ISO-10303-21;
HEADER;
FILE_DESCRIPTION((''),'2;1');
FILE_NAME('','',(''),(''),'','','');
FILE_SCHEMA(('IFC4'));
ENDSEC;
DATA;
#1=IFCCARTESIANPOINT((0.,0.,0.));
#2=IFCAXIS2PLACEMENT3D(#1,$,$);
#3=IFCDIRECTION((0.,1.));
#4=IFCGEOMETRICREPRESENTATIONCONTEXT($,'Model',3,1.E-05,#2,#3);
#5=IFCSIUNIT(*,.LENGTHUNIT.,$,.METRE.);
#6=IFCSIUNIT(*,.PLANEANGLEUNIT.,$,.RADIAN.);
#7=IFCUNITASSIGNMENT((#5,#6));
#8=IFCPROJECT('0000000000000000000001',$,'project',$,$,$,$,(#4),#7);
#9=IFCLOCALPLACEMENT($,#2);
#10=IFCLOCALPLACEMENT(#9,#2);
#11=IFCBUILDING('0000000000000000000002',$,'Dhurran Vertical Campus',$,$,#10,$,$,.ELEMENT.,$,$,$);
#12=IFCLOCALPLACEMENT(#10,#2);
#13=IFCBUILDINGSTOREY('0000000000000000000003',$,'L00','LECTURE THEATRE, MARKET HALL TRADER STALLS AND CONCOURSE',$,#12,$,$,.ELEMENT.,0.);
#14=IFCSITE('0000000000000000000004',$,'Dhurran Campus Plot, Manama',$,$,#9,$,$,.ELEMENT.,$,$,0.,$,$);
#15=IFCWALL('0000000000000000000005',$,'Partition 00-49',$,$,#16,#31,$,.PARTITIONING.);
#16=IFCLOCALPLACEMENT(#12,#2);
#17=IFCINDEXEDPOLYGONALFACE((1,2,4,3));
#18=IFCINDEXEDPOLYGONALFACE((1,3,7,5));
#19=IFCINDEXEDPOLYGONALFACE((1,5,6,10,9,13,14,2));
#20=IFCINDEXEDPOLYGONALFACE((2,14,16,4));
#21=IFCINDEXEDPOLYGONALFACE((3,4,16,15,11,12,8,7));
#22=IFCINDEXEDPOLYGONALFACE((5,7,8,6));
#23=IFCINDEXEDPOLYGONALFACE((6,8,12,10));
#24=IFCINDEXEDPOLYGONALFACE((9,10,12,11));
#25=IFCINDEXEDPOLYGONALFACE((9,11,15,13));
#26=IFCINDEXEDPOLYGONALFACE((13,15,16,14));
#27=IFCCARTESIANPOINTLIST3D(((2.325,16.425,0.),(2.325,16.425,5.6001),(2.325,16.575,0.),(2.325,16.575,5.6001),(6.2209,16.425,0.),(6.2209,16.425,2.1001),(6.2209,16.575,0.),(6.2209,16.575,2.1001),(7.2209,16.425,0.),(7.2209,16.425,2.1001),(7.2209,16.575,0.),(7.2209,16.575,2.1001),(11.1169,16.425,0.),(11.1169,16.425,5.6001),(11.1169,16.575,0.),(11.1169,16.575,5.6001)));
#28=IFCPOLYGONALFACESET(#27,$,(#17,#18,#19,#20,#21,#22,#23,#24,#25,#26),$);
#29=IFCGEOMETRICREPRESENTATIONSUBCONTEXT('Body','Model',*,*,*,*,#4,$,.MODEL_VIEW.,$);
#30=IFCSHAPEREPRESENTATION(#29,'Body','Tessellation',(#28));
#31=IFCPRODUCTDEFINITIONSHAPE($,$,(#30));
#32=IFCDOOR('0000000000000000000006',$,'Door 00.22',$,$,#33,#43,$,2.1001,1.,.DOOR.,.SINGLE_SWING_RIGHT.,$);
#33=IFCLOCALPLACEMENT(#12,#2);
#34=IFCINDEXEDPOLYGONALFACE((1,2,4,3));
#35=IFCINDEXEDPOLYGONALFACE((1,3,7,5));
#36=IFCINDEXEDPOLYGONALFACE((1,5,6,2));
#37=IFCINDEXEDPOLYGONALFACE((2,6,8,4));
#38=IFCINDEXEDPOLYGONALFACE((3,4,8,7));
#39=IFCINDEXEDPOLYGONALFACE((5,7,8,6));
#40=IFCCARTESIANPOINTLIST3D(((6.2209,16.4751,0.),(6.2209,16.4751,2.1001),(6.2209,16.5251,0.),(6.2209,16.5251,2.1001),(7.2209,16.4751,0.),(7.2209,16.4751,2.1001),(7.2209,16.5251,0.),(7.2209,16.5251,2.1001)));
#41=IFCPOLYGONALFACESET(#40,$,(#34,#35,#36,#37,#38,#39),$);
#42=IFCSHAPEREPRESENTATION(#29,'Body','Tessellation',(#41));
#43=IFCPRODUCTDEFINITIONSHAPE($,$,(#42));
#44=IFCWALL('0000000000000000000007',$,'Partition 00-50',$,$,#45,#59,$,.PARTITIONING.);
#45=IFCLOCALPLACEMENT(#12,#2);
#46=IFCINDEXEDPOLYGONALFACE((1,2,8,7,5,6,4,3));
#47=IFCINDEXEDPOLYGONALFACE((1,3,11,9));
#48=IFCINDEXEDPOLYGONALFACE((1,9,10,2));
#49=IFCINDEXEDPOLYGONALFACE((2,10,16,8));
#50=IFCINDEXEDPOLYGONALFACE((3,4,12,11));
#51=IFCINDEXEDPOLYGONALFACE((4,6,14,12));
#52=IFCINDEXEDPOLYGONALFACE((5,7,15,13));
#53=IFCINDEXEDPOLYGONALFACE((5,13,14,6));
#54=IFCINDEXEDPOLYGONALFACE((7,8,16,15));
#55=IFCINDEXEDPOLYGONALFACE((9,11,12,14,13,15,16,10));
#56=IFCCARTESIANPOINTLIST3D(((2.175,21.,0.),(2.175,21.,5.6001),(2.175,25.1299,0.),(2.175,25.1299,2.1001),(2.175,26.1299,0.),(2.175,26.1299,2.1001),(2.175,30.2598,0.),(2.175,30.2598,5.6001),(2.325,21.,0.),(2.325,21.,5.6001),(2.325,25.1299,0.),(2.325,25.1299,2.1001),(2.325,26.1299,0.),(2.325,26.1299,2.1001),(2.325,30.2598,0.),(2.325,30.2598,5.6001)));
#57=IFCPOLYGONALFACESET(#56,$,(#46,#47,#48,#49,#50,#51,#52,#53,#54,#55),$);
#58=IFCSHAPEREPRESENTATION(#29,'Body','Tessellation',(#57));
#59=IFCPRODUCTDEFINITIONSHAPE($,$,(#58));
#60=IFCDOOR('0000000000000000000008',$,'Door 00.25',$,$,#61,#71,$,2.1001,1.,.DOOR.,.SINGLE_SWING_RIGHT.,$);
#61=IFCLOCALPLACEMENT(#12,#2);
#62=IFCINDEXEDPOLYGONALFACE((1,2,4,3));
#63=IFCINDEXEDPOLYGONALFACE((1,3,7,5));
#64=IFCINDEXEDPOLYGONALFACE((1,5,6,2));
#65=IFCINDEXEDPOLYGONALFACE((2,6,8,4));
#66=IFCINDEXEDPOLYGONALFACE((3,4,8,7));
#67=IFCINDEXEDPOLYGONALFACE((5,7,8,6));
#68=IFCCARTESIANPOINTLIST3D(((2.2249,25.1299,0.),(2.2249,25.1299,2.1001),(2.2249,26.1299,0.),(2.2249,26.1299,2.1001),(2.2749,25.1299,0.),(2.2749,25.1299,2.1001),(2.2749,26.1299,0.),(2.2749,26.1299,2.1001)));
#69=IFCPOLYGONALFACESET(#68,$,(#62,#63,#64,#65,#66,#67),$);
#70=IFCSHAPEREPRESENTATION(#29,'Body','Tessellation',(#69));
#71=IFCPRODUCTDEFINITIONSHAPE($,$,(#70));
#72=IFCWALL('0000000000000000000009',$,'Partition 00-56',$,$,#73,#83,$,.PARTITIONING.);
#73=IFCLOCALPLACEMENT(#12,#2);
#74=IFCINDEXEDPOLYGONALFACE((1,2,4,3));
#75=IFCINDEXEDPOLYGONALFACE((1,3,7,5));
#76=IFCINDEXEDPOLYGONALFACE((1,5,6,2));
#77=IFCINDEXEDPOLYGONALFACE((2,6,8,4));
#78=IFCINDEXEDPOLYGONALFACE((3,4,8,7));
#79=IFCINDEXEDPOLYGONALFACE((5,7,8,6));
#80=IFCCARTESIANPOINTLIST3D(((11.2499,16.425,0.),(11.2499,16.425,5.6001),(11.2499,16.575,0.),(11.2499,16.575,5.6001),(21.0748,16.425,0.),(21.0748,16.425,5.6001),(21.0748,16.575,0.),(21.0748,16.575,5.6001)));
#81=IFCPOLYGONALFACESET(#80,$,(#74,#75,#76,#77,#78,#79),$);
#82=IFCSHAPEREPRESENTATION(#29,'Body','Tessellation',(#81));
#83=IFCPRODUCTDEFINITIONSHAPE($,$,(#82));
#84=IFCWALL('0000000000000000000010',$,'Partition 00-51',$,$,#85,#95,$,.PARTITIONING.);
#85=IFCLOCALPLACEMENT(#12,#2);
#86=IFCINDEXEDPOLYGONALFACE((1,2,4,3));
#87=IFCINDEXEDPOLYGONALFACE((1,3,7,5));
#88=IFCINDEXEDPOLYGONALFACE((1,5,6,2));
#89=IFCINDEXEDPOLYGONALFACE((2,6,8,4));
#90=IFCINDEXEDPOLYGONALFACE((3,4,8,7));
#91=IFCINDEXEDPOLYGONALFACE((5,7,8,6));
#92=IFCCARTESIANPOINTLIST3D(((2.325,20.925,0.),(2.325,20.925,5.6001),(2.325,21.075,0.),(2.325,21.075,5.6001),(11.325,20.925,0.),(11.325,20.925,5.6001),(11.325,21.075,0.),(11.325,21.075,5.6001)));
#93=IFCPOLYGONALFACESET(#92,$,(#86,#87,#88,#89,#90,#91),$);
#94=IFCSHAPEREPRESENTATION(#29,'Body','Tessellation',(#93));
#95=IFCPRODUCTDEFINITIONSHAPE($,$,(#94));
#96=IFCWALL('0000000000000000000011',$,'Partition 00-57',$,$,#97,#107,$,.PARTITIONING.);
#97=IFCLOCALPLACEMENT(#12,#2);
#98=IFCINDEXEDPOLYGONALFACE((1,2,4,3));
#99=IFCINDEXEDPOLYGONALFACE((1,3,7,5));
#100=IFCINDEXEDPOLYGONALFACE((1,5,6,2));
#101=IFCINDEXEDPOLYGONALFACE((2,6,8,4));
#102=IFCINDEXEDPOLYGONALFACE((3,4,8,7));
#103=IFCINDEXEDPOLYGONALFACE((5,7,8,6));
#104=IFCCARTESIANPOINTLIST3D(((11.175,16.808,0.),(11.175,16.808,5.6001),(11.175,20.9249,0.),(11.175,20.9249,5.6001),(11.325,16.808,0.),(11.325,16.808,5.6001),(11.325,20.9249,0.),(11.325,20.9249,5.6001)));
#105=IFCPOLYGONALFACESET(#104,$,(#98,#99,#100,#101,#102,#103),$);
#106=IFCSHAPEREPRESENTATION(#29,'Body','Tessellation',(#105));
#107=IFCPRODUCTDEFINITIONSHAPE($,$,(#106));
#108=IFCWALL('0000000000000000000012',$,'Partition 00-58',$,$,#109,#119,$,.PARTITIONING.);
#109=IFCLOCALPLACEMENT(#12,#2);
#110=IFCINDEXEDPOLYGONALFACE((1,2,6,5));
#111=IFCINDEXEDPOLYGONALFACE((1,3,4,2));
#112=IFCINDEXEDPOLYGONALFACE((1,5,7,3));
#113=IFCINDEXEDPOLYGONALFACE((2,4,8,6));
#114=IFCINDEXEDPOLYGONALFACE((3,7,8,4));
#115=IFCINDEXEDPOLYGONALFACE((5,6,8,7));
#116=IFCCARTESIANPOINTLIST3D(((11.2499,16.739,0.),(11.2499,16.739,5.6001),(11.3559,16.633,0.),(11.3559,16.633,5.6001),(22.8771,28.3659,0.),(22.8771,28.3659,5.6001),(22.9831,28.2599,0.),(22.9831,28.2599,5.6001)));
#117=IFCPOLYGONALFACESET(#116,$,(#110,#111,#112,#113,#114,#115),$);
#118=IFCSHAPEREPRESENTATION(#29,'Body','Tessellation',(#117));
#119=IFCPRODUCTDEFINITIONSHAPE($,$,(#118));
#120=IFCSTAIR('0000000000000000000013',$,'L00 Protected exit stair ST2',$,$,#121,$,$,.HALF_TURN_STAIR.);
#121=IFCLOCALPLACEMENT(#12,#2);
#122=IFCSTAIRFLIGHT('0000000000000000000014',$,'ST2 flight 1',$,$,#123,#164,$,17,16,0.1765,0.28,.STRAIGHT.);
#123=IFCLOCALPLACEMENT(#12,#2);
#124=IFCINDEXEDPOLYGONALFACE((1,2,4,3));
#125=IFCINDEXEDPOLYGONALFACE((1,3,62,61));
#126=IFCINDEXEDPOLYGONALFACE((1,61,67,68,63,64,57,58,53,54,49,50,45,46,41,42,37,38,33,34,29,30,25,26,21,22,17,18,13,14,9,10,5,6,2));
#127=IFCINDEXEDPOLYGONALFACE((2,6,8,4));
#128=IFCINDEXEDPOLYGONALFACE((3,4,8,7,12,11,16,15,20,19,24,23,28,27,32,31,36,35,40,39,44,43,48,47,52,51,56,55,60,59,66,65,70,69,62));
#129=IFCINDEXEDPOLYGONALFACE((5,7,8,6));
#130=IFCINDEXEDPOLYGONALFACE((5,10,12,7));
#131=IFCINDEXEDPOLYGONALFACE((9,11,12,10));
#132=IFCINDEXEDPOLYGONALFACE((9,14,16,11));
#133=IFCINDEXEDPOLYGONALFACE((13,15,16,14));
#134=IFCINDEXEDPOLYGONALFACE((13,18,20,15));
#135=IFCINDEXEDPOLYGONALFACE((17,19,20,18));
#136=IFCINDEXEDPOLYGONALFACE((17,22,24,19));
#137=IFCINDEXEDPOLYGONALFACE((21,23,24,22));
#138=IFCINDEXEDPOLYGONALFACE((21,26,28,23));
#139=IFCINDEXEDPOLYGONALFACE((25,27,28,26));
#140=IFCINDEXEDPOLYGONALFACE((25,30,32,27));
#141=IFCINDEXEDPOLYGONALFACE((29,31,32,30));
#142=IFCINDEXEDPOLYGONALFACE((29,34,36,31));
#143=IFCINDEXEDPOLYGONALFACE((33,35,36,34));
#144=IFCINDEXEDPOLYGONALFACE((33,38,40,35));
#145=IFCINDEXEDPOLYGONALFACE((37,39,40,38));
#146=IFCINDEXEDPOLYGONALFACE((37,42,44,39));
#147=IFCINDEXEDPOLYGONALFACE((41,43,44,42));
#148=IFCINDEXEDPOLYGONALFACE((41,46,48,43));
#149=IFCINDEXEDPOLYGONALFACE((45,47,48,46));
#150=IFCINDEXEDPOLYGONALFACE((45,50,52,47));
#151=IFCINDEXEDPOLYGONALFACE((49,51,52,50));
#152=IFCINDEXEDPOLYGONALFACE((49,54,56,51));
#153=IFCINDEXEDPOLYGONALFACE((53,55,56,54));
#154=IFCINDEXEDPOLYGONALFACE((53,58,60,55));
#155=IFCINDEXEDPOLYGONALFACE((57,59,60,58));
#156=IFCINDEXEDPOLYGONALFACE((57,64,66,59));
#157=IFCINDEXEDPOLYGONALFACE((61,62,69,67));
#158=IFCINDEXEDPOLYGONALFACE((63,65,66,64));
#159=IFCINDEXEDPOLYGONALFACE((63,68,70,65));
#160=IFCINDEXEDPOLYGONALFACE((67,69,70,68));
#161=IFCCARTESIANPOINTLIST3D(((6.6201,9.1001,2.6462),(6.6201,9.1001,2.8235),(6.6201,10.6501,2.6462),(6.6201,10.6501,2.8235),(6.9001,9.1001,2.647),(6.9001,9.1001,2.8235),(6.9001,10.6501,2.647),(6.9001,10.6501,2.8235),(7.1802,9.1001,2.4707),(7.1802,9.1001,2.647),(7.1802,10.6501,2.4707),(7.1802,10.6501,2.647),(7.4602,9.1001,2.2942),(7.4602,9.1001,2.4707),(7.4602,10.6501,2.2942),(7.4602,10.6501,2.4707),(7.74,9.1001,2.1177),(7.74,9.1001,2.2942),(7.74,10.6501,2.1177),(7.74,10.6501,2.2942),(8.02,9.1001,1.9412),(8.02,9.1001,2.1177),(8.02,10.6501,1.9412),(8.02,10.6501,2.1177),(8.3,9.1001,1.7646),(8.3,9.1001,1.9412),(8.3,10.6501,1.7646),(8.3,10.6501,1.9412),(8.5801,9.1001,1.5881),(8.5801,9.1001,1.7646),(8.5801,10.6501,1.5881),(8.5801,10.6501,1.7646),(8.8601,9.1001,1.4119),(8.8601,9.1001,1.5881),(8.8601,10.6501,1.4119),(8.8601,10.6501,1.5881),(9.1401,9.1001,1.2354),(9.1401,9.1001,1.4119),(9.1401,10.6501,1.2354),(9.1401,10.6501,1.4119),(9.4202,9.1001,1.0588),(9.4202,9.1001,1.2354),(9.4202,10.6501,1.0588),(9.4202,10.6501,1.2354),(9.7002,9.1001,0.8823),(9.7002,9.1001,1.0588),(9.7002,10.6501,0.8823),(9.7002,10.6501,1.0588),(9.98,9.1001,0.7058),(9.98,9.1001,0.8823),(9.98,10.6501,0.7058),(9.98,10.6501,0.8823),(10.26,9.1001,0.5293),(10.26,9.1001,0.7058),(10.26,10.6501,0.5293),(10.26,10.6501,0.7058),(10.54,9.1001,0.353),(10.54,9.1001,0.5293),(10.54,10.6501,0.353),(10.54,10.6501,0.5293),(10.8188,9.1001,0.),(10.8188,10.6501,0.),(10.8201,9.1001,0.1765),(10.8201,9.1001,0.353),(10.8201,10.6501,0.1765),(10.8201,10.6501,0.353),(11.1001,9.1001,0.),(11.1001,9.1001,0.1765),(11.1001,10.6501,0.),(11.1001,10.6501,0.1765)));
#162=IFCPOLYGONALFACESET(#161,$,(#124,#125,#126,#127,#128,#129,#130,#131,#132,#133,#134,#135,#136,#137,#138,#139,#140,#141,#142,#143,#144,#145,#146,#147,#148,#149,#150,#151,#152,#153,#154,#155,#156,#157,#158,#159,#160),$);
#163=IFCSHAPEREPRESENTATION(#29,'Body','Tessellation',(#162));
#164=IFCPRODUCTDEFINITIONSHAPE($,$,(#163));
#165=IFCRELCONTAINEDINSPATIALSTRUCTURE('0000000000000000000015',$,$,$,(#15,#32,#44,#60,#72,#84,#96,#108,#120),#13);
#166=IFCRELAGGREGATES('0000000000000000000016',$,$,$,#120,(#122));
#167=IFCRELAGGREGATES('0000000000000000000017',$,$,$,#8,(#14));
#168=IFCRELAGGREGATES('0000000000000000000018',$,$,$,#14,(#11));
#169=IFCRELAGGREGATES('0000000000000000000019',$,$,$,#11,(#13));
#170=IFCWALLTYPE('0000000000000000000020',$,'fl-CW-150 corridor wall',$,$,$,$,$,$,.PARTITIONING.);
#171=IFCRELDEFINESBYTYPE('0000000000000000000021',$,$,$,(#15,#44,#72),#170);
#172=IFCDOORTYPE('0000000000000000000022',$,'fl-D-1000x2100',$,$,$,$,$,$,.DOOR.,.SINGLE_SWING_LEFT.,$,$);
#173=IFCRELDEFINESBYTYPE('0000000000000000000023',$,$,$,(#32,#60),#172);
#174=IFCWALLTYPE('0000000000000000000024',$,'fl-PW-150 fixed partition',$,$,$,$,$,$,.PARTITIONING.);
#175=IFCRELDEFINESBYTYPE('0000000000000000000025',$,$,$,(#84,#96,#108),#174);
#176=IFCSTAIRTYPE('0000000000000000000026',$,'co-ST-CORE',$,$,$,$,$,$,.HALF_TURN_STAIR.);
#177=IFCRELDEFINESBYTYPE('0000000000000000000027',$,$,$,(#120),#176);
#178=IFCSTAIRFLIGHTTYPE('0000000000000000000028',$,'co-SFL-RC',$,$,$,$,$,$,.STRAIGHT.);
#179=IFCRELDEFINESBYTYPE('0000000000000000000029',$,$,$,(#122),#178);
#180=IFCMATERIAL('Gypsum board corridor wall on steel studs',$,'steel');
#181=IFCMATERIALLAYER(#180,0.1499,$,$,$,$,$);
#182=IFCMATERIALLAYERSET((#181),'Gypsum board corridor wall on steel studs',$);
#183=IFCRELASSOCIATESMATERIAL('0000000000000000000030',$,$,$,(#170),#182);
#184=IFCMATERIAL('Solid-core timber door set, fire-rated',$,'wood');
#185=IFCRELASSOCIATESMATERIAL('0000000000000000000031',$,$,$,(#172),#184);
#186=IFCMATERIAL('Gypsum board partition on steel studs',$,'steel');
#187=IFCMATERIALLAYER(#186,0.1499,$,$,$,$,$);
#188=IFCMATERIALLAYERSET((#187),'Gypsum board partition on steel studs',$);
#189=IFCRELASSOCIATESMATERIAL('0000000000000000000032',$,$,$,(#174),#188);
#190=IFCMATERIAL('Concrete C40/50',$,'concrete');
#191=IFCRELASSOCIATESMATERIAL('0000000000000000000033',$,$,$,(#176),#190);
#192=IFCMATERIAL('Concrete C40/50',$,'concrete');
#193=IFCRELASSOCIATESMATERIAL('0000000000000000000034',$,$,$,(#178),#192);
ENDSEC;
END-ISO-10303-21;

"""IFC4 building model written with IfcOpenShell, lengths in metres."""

from ifc_helpers import new_model, si_unit, direction, frame, frame_2d, origin, place, context, subcontext, project, spatial, polyline, rectangle, outline, extrude, material, layer, layer_set, type_object, element, fill, aggregate, save


model = new_model("IFC4")

# Units and contexts
model_context = context("Model", 3, precision=1e-05, world=origin(), true_north=direction((0.0, 1.0)))
body_context = subcontext(model_context, "Body", "Model", "MODEL_VIEW")
ifc_project = project(units=[si_unit("LENGTHUNIT", "METRE"), si_unit("PLANEANGLEUNIT", "RADIAN")], contexts=[model_context])

# Site, building, storey
site_placement = place(None, origin())
site = spatial("IfcSite", under=ifc_project, at=site_placement, Name="Dhurran Campus Plot, Manama", CompositionType="ELEMENT", RefElevation=0.0)
building_placement = place(site_placement, origin())
building = spatial("IfcBuilding", under=site, at=building_placement, Name="Dhurran Vertical Campus", CompositionType="ELEMENT")
storey_placement = place(building_placement, origin())
storey = spatial("IfcBuildingStorey", under=building, at=storey_placement, Name="L00", Description="LECTURE THEATRE, MARKET HALL TRADER STALLS AND CONCOURSE", CompositionType="ELEMENT", Elevation=0.0)

# Shared definitions
ifc_material_1 = material(Name="Gypsum board corridor wall on steel studs", Category="steel")
ifc_layer_1 = layer(ifc_material_1, 0.1499)
ifc_layer_set_1 = layer_set([ifc_layer_1], Name="Gypsum board corridor wall on steel studs")
wall_type_1 = type_object("IfcWallType", Name="fl-CW-150 corridor wall", PredefinedType="PARTITIONING", material=ifc_layer_set_1)
ifc_material_2 = material(Name="Solid-core timber door set, fire-rated", Category="wood")
door_type_1 = type_object("IfcDoorType", Name="fl-D-1000x2100", OperationType="SINGLE_SWING_LEFT", PredefinedType="DOOR", material=ifc_material_2)

# Walls, openings, doors
wall_1_placement = place(storey_placement, frame((11.1169, 16.5, 0.0), z_axis=(0.0, 0.0, 1.0), x_axis=(-1.0, 0.0, 0.0)))
wall_1 = element("IfcWall", 1, at=wall_1_placement, inside=storey, type_object=wall_type_1, Name="Partition 00-49", PredefinedType="PARTITIONING", context=body_context, shape_type="SweptSolid", body=[
    extrude(rectangle(XDim=8.792, YDim=0.1499, at=frame_2d((4.396, 0.0))), origin(), (0.0, 0.0, 1.0), 5.6001),
])
opening_1_placement = place(wall_1_placement, frame((3.896, 0.0, 0.0)))
opening_1 = element("IfcOpeningElement", 2, at=opening_1_placement, cuts=wall_1, PredefinedType="OPENING", context=body_context, shape_type="SweptSolid", body=[
    extrude(rectangle(XDim=1.0, YDim=2.1001, at=frame_2d((0.5, 1.05))), frame((0.0, 0.085, 0.0), z_axis=(0.0, -1.0, 0.0), x_axis=(1.0, 0.0, 0.0)), (0.0, 0.0, 1.0), 0.1699),
])
door_1_placement = place(opening_1_placement, origin())
door_1 = element("IfcDoor", 3, at=door_1_placement, inside=storey, type_object=door_type_1, Name="Door 00.22", OperationType="SINGLE_SWING_RIGHT", OverallHeight=2.1001, OverallWidth=1.0, PredefinedType="DOOR", context=body_context, shape_type="SweptSolid", body=[
    extrude(rectangle(XDim=1.0, YDim=2.1001, at=frame_2d((0.5, 1.05))), frame((0.0, 0.0249, 0.0), z_axis=(0.0, -1.0, 0.0), x_axis=(1.0, 0.0, 0.0)), (0.0, 0.0, 1.0), 0.05),
])
fill(opening_1, door_1)
wall_2_placement = place(storey_placement, frame((2.25, 30.2598, 0.0), z_axis=(0.0, 0.0, 1.0), x_axis=(0.0, -1.0, 0.0)))
wall_2 = element("IfcWall", 4, at=wall_2_placement, inside=storey, type_object=wall_type_1, Name="Partition 00-50", PredefinedType="PARTITIONING", context=body_context, shape_type="SweptSolid", body=[
    extrude(rectangle(XDim=9.2598, YDim=0.1499, at=frame_2d((4.6299, 0.0))), origin(), (0.0, 0.0, 1.0), 5.6001),
])
opening_2_placement = place(wall_2_placement, frame((4.1299, 0.0, 0.0)))
opening_2 = element("IfcOpeningElement", 5, at=opening_2_placement, cuts=wall_2, PredefinedType="OPENING", context=body_context, shape_type="SweptSolid", body=[
    extrude(rectangle(XDim=1.0, YDim=2.1001, at=frame_2d((0.5, 1.05))), frame((0.0, 0.085, 0.0), z_axis=(0.0, -1.0, 0.0), x_axis=(1.0, 0.0, 0.0)), (0.0, 0.0, 1.0), 0.1699),
])
door_2_placement = place(opening_2_placement, origin())
door_2 = element("IfcDoor", 6, at=door_2_placement, inside=storey, type_object=door_type_1, Name="Door 00.25", OperationType="SINGLE_SWING_RIGHT", OverallHeight=2.1001, OverallWidth=1.0, PredefinedType="DOOR", context=body_context, shape_type="SweptSolid", body=[
    extrude(rectangle(XDim=1.0, YDim=2.1001, at=frame_2d((0.5, 1.05))), frame((0.0, 0.0249, 0.0), z_axis=(0.0, -1.0, 0.0), x_axis=(1.0, 0.0, 0.0)), (0.0, 0.0, 1.0), 0.05),
])
fill(opening_2, door_2)

# Walls
wall_3_placement = place(storey_placement, frame((21.075, 16.5, 0.0), z_axis=(0.0, 0.0, 1.0), x_axis=(-1.0, 0.0, 0.0)))
element("IfcWall", 7, at=wall_3_placement, inside=storey, type_object=wall_type_1, Name="Partition 00-56", PredefinedType="PARTITIONING", context=body_context, shape_type="SweptSolid", body=[
    extrude(rectangle(XDim=9.825, YDim=0.1499, at=frame_2d((4.9126, 0.0))), origin(), (0.0, 0.0, 1.0), 5.6001),
])
ifc_material_3 = material(Name="Gypsum board partition on steel studs", Category="steel")
ifc_layer_2 = layer(ifc_material_3, 0.1499)
ifc_layer_set_2 = layer_set([ifc_layer_2], Name="Gypsum board partition on steel studs")
wall_type_2 = type_object("IfcWallType", Name="fl-PW-150 fixed partition", PredefinedType="PARTITIONING", material=ifc_layer_set_2)
wall_4_placement = place(storey_placement, frame((2.325, 21.0, 0.0), z_axis=(0.0, 0.0, 1.0), x_axis=(1.0, 0.0, 0.0)))
element("IfcWall", 8, at=wall_4_placement, inside=storey, type_object=wall_type_2, Name="Partition 00-51", PredefinedType="PARTITIONING", context=body_context, shape_type="SweptSolid", body=[
    extrude(rectangle(XDim=9.0, YDim=0.1499, at=frame_2d((4.5, 0.0))), origin(), (0.0, 0.0, 1.0), 5.6001),
])
wall_5_placement = place(storey_placement, frame((11.25, 20.925, 0.0), z_axis=(0.0, 0.0, 1.0), x_axis=(0.0, -1.0, 0.0)))
element("IfcWall", 9, at=wall_5_placement, inside=storey, type_object=wall_type_2, Name="Partition 00-57", PredefinedType="PARTITIONING", context=body_context, shape_type="SweptSolid", body=[
    extrude(rectangle(XDim=4.1169, YDim=0.1499, at=frame_2d((2.0586, 0.0))), origin(), (0.0, 0.0, 1.0), 5.6001),
])
wall_6_placement = place(storey_placement, frame((22.9302, 28.313, 0.0), z_axis=(0.0, 0.0, 1.0), x_axis=(-0.707114, -0.707099, 0.0)))
element("IfcWall", 10, at=wall_6_placement, inside=storey, type_object=wall_type_2, Name="Partition 00-58", PredefinedType="PARTITIONING", context=body_context, shape_type="SweptSolid", body=[
    extrude(rectangle(XDim=16.4431, YDim=0.1499, at=frame_2d((8.2217, 0.0))), origin(), (0.0, 0.0, 1.0), 5.6001),
])

# Stair, stair flight
ifc_material_4 = material(Name="Concrete C40/50", Category="concrete")
stair_type = type_object("IfcStairType", Name="co-ST-CORE", PredefinedType="HALF_TURN_STAIR", material=ifc_material_4)
stair_placement = place(storey_placement, origin())
stair = element("IfcStair", 11, at=stair_placement, inside=storey, type_object=stair_type, Name="L00 Protected exit stair ST2", PredefinedType="HALF_TURN_STAIR")
ifc_material_5 = material(Name="Concrete C40/50", Category="concrete")
stair_flight_type = type_object("IfcStairFlightType", Name="co-SFL-RC", PredefinedType="STRAIGHT", material=ifc_material_5)
stair_flight_placement = place(storey_placement, frame((11.1001, 9.875, 0.0), z_axis=(0.0, 0.0, 1.0), x_axis=(-1.0, 0.0, 0.0)))
stair_flight = element("IfcStairFlight", 12, at=stair_flight_placement, type_object=stair_flight_type, Name="ST2 flight 1", NumberOfRisers=17, NumberOfTreads=16, PredefinedType="STRAIGHT", RiserHeight=0.1765, TreadLength=0.28, context=body_context, shape_type="SweptSolid", body=[
    extrude(outline(polyline([(0.0, 0.0), (0.0, 0.1765), (0.28, 0.1765), (0.28, 0.353), (0.5601, 0.353), (0.5601, 0.5293), (0.8401, 0.5293), (0.8401, 0.7058), (1.1201, 0.7058), (1.1201, 0.8823), (1.3999, 0.8823), (1.3999, 1.0588), (1.6799, 1.0588), (1.6799, 1.2354), (1.96, 1.2354), (1.96, 1.4119), (2.24, 1.4119), (2.24, 1.5881), (2.52, 1.5881), (2.52, 1.7646), (2.8, 1.7646), (2.8, 1.9412), (3.0801, 1.9412), (3.0801, 2.1177), (3.3601, 2.1177), (3.3601, 2.2942), (3.6399, 2.2942), (3.6399, 2.4707), (3.9199, 2.4707), (3.9199, 2.647), (4.2, 2.647), (4.2, 2.8235), (4.48, 2.8235), (4.48, 3.0), (4.48, 2.6462), (0.2812, 0.0), (0.0, 0.0)])), frame((0.0, 0.7749, 0.0), z_axis=(0.0, -1.0, 0.0), x_axis=(1.0, 0.0, 0.0)), (0.0, 0.0, 1.0), 1.55),
])
aggregate(stair, [stair_flight])

save(model, "model.ifc")
